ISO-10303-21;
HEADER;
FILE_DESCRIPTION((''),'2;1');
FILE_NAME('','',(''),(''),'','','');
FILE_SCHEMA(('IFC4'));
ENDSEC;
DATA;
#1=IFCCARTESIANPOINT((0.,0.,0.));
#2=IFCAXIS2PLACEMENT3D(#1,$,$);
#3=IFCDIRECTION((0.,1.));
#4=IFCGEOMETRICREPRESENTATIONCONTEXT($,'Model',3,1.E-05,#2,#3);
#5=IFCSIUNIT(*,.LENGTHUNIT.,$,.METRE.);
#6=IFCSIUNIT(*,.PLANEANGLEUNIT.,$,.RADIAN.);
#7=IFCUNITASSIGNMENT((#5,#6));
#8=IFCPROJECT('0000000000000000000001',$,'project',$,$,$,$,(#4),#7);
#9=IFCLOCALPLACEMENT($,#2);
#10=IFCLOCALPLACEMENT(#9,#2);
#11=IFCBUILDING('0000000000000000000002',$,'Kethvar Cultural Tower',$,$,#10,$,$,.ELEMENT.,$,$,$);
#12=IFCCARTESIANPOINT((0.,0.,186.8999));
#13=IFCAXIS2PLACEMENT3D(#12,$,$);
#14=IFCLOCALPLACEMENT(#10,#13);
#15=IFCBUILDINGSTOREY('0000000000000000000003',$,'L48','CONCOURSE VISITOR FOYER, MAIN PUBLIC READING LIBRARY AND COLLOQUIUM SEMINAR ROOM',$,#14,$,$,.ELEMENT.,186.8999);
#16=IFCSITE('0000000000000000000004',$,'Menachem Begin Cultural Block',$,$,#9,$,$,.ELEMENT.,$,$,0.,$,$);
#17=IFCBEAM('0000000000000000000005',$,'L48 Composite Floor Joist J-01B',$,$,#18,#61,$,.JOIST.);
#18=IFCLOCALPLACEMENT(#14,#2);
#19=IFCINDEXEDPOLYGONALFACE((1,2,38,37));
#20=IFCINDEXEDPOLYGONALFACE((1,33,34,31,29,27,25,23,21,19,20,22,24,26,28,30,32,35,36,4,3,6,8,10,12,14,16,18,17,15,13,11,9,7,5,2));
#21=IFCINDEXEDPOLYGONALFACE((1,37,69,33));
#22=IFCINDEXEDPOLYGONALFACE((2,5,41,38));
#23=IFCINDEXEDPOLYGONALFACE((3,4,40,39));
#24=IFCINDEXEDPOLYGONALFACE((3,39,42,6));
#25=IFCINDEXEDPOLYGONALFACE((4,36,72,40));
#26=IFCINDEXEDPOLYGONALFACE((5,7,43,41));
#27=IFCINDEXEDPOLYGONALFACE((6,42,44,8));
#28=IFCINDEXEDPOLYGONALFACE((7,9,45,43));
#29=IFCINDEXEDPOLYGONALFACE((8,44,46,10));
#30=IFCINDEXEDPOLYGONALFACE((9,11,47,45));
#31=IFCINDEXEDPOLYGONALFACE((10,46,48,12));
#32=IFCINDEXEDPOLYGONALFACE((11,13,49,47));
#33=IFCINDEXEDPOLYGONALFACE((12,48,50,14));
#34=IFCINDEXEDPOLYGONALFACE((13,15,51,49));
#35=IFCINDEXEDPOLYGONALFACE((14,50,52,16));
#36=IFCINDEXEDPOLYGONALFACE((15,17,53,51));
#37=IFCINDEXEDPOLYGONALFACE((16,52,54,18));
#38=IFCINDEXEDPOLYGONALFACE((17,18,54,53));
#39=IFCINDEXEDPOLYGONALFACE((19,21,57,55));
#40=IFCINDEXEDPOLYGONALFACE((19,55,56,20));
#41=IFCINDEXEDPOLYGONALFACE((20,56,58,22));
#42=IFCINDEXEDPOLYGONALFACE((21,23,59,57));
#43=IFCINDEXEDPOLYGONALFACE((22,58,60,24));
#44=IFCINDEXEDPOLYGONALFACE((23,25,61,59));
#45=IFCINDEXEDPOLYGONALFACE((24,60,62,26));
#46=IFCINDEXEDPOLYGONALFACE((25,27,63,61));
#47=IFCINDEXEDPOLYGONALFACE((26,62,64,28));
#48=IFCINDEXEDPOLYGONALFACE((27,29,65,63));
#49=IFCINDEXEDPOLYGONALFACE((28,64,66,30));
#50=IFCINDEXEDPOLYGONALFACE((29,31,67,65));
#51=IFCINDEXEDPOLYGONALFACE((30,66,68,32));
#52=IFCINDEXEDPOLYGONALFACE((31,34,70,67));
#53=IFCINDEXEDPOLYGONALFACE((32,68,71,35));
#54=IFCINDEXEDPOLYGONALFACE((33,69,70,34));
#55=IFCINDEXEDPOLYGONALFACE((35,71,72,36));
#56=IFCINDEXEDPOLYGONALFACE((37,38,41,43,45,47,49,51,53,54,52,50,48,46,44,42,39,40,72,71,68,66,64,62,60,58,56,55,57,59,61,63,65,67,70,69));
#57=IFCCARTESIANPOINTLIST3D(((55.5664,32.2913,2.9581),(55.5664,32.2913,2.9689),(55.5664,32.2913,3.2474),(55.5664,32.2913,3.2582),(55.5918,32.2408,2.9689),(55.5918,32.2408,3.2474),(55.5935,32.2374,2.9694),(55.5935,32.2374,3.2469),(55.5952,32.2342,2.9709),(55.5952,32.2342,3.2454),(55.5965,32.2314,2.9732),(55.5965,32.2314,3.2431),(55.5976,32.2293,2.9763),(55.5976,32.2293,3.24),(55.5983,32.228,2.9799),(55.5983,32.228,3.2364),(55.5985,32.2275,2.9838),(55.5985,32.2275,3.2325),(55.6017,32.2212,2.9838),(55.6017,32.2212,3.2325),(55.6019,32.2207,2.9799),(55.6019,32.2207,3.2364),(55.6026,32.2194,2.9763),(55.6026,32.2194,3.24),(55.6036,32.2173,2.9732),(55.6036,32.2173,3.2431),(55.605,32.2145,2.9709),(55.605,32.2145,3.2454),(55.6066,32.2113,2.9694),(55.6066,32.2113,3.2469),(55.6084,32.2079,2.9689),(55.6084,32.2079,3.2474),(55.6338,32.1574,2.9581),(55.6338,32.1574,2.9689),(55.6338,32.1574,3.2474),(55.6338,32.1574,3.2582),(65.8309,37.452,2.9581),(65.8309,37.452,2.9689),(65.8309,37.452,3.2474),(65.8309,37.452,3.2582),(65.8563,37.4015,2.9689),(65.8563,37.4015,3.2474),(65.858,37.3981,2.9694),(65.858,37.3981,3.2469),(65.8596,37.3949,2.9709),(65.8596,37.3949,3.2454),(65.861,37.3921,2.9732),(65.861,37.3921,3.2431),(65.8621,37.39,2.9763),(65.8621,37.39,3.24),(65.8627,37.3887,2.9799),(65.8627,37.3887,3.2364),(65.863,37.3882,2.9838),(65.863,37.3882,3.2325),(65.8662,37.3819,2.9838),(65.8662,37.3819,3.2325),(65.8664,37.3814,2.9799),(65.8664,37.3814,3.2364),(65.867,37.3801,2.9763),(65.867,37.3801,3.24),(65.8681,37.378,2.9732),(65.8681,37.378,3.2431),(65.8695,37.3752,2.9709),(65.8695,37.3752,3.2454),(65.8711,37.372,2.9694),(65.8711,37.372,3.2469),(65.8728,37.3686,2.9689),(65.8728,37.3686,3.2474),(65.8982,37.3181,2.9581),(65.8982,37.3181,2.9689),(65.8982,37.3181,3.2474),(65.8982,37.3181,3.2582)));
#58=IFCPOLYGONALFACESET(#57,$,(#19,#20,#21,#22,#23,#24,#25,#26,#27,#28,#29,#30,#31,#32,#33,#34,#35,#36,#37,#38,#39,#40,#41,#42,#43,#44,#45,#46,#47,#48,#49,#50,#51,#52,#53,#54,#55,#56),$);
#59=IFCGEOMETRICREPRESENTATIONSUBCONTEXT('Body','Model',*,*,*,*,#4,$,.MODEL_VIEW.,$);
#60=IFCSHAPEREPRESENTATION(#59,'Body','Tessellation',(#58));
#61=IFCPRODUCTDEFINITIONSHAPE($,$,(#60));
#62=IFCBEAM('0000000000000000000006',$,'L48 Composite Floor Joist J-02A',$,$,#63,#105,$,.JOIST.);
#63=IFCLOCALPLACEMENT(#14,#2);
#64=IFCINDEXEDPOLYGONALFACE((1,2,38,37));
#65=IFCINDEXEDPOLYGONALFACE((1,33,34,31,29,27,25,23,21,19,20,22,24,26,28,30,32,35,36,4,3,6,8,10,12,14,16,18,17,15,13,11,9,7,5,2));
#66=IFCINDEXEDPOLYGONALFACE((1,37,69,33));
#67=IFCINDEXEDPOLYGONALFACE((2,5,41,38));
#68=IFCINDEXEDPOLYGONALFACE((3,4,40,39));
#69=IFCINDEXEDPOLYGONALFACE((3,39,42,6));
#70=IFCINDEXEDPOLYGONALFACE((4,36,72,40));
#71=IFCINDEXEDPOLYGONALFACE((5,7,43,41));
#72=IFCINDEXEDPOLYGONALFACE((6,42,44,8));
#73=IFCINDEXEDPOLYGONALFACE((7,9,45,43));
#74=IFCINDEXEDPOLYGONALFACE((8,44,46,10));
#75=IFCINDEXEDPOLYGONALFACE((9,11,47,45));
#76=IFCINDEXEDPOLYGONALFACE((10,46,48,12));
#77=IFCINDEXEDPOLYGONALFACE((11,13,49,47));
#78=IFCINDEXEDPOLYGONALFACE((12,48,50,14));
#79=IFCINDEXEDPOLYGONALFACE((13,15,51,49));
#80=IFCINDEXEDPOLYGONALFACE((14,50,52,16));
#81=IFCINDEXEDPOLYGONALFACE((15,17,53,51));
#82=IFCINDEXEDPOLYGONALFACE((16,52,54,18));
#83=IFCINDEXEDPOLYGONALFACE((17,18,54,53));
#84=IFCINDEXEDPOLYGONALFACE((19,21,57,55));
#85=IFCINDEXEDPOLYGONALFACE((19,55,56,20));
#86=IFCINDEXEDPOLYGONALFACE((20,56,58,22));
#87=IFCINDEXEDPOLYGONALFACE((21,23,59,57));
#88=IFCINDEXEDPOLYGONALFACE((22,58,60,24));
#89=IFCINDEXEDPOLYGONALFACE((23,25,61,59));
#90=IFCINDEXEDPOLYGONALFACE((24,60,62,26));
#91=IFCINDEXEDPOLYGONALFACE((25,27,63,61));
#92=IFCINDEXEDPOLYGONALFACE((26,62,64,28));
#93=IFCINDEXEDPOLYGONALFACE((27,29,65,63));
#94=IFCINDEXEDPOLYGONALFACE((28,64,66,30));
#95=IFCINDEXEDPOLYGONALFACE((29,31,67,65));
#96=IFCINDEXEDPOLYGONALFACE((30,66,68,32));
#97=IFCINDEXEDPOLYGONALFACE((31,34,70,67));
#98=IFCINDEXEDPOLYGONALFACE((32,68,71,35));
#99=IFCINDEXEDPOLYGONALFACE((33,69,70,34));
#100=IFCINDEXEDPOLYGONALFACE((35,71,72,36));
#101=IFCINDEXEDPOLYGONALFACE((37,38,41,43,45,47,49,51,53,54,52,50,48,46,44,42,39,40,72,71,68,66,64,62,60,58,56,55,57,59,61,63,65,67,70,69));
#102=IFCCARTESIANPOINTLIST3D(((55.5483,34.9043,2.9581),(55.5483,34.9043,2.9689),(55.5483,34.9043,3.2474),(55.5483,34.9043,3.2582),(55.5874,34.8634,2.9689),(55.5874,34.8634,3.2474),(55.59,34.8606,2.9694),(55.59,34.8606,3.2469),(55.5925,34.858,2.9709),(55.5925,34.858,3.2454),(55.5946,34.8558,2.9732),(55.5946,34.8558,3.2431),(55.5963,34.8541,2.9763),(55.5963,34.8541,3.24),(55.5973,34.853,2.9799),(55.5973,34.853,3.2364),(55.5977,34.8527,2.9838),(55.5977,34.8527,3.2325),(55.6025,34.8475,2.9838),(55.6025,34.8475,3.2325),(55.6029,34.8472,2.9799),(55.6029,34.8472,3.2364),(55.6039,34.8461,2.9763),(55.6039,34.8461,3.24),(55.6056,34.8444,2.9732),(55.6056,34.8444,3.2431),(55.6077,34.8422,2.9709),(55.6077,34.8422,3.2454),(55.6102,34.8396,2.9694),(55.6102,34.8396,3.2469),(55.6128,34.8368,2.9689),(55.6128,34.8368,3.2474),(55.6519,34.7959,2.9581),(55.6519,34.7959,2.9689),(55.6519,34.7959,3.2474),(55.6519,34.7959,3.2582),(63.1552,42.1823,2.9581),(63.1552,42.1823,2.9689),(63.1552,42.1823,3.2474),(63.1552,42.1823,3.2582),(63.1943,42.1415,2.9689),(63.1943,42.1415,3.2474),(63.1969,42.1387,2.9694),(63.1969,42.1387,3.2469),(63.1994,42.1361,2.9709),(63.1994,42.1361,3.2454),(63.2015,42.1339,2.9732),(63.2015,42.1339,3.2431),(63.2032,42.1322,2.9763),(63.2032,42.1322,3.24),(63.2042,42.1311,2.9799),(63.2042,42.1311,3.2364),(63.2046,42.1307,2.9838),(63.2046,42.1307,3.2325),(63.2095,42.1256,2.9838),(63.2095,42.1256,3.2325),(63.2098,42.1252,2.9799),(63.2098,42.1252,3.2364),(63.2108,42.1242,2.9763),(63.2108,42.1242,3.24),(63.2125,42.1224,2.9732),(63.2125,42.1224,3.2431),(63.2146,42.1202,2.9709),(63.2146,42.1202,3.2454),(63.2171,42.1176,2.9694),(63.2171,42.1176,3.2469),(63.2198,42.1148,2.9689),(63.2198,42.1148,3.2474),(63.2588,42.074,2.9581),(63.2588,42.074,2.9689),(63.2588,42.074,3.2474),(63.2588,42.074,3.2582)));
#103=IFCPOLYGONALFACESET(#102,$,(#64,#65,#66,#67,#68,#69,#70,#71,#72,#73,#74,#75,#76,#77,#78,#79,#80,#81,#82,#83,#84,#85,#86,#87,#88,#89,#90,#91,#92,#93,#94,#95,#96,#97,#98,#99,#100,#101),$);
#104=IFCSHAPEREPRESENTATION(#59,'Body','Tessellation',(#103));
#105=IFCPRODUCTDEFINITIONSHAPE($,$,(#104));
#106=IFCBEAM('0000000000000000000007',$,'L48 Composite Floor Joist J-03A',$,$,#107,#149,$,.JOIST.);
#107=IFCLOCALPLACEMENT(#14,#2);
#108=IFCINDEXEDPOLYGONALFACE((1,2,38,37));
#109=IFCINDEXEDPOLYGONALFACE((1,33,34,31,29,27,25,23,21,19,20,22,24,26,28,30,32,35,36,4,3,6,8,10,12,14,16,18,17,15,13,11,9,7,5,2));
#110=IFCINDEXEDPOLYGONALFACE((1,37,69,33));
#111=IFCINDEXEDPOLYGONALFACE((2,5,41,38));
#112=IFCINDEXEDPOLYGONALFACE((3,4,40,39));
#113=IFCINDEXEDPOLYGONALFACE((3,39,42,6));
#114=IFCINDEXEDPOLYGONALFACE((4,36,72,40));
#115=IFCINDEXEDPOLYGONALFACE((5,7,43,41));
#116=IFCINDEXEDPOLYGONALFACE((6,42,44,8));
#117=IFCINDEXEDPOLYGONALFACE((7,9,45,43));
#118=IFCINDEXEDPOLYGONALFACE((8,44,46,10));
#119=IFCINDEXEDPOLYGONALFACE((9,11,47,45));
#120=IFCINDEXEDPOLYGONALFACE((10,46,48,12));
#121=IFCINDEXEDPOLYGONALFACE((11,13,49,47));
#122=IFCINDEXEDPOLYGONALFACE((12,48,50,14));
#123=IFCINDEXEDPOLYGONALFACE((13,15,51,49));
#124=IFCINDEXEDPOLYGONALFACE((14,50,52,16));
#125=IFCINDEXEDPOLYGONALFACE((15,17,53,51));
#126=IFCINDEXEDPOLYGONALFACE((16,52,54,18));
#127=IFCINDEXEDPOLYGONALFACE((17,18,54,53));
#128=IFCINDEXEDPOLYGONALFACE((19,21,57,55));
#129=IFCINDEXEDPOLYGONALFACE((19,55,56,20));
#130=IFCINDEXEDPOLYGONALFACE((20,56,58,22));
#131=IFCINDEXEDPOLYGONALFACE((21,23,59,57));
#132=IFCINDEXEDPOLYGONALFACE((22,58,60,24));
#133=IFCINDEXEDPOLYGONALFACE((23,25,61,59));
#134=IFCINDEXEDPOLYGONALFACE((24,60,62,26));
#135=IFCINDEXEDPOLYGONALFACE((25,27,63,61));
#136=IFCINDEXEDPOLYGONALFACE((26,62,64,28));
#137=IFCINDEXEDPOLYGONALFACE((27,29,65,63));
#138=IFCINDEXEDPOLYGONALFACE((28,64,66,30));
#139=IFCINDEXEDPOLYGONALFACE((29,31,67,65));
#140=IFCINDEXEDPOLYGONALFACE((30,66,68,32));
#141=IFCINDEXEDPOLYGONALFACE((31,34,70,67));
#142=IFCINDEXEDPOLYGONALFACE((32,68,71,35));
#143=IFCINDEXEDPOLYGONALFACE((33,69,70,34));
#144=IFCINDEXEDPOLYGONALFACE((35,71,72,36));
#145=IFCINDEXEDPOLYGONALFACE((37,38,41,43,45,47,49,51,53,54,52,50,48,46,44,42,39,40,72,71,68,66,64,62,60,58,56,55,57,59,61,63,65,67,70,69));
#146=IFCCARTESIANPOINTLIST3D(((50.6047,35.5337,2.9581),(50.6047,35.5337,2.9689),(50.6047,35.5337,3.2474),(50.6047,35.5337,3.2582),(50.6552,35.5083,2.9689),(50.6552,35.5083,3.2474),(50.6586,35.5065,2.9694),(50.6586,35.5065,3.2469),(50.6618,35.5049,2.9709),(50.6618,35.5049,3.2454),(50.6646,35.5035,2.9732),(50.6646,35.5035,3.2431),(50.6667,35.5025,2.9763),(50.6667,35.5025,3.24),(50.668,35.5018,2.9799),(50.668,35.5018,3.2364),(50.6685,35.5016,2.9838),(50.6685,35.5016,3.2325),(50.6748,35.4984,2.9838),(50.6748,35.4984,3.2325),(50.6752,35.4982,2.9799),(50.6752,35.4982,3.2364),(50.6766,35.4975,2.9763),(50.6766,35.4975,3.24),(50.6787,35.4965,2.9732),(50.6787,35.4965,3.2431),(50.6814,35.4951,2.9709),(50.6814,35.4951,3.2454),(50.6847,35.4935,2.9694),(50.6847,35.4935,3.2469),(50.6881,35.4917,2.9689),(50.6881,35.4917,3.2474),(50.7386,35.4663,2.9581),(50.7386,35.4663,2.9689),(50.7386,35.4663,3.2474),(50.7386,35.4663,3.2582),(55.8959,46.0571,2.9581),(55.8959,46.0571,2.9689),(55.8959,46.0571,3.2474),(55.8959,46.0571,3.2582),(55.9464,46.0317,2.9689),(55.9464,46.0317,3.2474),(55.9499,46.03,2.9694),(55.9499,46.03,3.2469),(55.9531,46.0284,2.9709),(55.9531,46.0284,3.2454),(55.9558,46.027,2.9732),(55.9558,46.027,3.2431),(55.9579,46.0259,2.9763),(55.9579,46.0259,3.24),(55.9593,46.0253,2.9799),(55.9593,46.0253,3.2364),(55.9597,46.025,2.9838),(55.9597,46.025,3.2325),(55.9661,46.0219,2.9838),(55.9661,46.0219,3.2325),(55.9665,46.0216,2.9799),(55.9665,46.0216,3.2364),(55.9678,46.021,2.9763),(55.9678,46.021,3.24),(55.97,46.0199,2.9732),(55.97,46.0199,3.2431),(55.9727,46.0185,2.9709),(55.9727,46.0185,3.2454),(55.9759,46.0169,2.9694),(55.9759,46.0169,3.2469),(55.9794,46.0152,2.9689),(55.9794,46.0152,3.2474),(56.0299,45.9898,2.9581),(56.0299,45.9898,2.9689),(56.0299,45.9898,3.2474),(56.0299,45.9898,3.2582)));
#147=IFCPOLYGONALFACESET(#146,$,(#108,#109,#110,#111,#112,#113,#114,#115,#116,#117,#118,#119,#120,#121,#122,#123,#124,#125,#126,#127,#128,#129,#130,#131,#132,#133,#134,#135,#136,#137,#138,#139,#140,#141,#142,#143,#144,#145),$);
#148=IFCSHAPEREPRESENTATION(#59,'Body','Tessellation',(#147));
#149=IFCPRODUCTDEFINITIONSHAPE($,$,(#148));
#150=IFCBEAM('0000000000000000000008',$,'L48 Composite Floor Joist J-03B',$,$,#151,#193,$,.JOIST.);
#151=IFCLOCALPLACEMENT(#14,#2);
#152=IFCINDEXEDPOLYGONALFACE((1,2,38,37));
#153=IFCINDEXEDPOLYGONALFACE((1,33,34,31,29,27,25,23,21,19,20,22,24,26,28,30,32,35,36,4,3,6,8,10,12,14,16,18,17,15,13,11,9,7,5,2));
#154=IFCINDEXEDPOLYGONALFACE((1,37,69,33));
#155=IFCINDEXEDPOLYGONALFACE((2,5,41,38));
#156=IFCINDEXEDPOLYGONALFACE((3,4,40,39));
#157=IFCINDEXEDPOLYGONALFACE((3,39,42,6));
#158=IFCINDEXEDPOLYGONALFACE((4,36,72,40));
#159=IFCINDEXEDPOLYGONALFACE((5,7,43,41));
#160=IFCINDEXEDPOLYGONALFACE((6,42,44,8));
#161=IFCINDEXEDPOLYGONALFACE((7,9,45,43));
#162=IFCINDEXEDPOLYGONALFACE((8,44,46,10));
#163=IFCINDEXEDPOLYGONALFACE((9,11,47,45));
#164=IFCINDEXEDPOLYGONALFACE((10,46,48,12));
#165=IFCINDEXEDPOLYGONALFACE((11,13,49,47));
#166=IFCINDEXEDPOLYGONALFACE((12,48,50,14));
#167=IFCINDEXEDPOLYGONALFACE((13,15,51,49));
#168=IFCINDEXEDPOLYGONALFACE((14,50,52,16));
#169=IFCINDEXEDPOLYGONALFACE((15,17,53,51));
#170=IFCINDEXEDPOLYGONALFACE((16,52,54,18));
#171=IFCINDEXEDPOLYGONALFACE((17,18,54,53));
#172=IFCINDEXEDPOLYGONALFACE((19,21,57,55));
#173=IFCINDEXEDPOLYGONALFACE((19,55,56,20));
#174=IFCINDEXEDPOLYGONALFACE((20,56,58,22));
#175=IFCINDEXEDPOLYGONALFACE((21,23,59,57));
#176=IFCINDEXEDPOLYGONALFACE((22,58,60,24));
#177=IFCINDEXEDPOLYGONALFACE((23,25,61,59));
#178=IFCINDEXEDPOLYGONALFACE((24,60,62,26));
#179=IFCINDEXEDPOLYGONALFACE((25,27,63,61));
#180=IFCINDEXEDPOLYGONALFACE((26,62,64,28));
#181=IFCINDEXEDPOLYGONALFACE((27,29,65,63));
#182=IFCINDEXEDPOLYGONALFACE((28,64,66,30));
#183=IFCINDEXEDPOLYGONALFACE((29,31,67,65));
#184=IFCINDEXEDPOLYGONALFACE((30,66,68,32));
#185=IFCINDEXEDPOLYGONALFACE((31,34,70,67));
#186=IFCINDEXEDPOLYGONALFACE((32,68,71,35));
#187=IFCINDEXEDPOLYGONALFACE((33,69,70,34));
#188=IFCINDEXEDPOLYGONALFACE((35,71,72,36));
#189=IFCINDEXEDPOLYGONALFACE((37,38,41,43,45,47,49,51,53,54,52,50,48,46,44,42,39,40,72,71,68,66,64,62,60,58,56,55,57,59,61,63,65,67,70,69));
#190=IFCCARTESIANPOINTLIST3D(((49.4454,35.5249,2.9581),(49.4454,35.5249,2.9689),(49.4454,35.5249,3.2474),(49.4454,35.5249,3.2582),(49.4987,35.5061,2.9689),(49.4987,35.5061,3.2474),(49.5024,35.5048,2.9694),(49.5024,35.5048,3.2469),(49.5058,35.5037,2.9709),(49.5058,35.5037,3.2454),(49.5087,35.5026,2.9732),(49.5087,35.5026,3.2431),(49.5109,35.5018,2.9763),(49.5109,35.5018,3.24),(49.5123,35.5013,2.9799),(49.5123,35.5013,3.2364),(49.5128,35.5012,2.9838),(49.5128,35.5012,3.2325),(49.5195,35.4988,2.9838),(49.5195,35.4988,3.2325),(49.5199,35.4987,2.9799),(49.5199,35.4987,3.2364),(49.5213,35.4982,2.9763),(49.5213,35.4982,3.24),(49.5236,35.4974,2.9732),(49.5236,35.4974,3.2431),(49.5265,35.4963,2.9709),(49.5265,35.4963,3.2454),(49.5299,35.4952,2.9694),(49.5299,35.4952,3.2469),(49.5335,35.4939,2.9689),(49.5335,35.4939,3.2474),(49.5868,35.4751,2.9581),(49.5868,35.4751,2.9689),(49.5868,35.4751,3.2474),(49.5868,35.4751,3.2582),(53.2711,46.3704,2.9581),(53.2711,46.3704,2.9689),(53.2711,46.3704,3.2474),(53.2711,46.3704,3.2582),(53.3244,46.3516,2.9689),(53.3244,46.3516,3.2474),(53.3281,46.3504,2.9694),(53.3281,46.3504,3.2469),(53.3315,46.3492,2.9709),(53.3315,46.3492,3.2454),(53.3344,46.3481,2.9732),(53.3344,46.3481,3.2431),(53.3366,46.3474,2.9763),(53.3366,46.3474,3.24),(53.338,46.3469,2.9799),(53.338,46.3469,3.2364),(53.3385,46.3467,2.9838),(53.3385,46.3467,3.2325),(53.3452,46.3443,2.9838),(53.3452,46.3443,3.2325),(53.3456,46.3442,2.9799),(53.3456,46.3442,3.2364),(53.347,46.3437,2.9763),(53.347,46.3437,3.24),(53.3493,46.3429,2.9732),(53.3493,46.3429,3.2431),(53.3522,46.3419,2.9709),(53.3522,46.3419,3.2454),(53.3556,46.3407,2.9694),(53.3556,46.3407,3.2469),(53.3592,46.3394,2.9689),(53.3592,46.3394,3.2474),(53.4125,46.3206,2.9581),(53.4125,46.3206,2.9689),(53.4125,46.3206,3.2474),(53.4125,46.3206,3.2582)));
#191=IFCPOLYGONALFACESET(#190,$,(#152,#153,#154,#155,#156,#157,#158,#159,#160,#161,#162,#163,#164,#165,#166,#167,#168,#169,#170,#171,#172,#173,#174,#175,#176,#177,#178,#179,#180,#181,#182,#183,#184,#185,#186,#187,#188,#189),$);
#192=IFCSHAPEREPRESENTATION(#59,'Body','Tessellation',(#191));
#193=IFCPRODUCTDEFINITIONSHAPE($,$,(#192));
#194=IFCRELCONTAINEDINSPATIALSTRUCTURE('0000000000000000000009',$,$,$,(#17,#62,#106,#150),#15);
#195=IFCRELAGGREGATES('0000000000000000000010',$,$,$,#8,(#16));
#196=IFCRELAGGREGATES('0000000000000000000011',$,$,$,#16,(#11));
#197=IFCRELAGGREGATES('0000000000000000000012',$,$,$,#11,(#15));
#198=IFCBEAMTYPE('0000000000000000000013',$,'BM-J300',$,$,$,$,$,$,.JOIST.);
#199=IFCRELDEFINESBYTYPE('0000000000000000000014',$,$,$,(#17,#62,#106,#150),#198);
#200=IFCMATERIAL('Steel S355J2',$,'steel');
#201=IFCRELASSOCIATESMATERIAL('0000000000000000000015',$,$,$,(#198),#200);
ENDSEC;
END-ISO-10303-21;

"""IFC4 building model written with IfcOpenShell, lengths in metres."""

from ifc_helpers import new_model, si_unit, direction, frame, origin, origin_2d, place, context, subcontext, project, spatial, i_section, extrude, source, transform, mapped, material, material_profile, profile_set, type_object, element, save


model = new_model("IFC4")

# Units and contexts
model_context = context("Model", 3, precision=1e-05, world=origin(), true_north=direction((0.0, 1.0)))
body_context = subcontext(model_context, "Body", "Model", "MODEL_VIEW")
ifc_project = project(units=[si_unit("LENGTHUNIT", "METRE"), si_unit("PLANEANGLEUNIT", "RADIAN")], contexts=[model_context])

# Site, building, storey
site_placement = place(None, origin())
site = spatial("IfcSite", under=ifc_project, at=site_placement, Name="Menachem Begin Cultural Block", CompositionType="ELEMENT", RefElevation=0.0)
building_placement = place(site_placement, origin())
building = spatial("IfcBuilding", under=site, at=building_placement, Name="Kethvar Cultural Tower", CompositionType="ELEMENT")
storey_placement = place(building_placement, frame((0.0, 0.0, 186.8999)))
storey = spatial("IfcBuildingStorey", under=building, at=storey_placement, Name="L48", Description="CONCOURSE VISITOR FOYER, MAIN PUBLIC READING LIBRARY AND COLLOQUIUM SEMINAR ROOM", CompositionType="ELEMENT", Elevation=186.8999)

# Beams
ifc_material_1 = material(Name="Steel S355J2", Category="steel")
ifc_material_profile_1 = material_profile(ifc_material_1, i_section(OverallWidth=0.1499, OverallDepth=0.3, WebThickness=0.0071, FlangeThickness=0.0107, FilletRadius=0.0149, at=origin_2d()), Name="Steel S355J2 — IPE300")
ifc_profile_set_1 = profile_set([ifc_material_profile_1], Name="Steel S355J2 — IPE300")
beam_type_1 = type_object("IfcBeamType", Name="BM-J300", PredefinedType="JOIST", material=ifc_profile_set_1)
shared_shape_1 = source(origin(), body_context, "Body", "SweptSolid", [
    extrude(i_section(OverallWidth=0.1499, OverallDepth=0.3, WebThickness=0.0071, FlangeThickness=0.0107, FilletRadius=0.0149, at=origin_2d()), origin(), (0.0, 0.0, 1.0), 11.4888),
])
beam_1_placement = place(storey_placement, frame((55.6001, 32.2244, 3.1082), z_axis=(0.893435, 0.449193, 0.0), x_axis=(-0.449193, 0.893435, 0.0)))
element("IfcBeam", 1, at=beam_1_placement, inside=storey, type_object=beam_type_1, Name="L48 Composite Floor Joist J-01B", PredefinedType="JOIST", context=body_context, shape_type="MappedRepresentation", body=[
    mapped(shared_shape_1, transform((0.0, 0.0, 0.0), scale=1.0)),
])
shared_shape_2 = source(origin(), body_context, "Body", "SweptSolid", [
    extrude(i_section(OverallWidth=0.1499, OverallDepth=0.3, WebThickness=0.0071, FlangeThickness=0.0107, FilletRadius=0.0149, at=origin_2d()), origin(), (0.0, 0.0, 1.0), 10.5278),
])
beam_2_placement = place(storey_placement, frame((55.6001, 34.8501, 3.1082), z_axis=(0.722553, 0.691316, 0.0), x_axis=(-0.691316, 0.722553, 0.0)))
element("IfcBeam", 2, at=beam_2_placement, inside=storey, type_object=beam_type_1, Name="L48 Composite Floor Joist J-02A", PredefinedType="JOIST", context=body_context, shape_type="MappedRepresentation", body=[
    mapped(shared_shape_2, transform((0.0, 0.0, 0.0), scale=1.0)),
])
shared_shape_3 = source(origin(), body_context, "Body", "SweptSolid", [
    extrude(i_section(OverallWidth=0.1499, OverallDepth=0.3, WebThickness=0.0071, FlangeThickness=0.0107, FilletRadius=0.0149, at=origin_2d()), origin(), (0.0, 0.0, 1.0), 11.7788),
])
beam_3_placement = place(storey_placement, frame((50.6716, 35.5, 3.1082), z_axis=(0.449219, 0.893422, 0.0), x_axis=(-0.893422, 0.449219, 0.0)))
element("IfcBeam", 3, at=beam_3_placement, inside=storey, type_object=beam_type_1, Name="L48 Composite Floor Joist J-03A", PredefinedType="JOIST", context=body_context, shape_type="MappedRepresentation", body=[
    mapped(shared_shape_3, transform((0.0, 0.0, 0.0), scale=1.0)),
])
shared_shape_4 = source(origin(), body_context, "Body", "SweptSolid", [
    extrude(i_section(OverallWidth=0.1499, OverallDepth=0.3, WebThickness=0.0071, FlangeThickness=0.0107, FilletRadius=0.0149, at=origin_2d()), origin(), (0.0, 0.0, 1.0), 11.5005),
])
beam_4_placement = place(storey_placement, frame((49.5161, 35.5, 3.1082), z_axis=(0.332656, 0.943048, 0.0), x_axis=(-0.943048, 0.332656, 0.0)))
element("IfcBeam", 4, at=beam_4_placement, inside=storey, type_object=beam_type_1, Name="L48 Composite Floor Joist J-03B", PredefinedType="JOIST", context=body_context, shape_type="MappedRepresentation", body=[
    mapped(shared_shape_4, transform((0.0, 0.0, 0.0), scale=1.0)),
])

save(model, "model.ifc")
